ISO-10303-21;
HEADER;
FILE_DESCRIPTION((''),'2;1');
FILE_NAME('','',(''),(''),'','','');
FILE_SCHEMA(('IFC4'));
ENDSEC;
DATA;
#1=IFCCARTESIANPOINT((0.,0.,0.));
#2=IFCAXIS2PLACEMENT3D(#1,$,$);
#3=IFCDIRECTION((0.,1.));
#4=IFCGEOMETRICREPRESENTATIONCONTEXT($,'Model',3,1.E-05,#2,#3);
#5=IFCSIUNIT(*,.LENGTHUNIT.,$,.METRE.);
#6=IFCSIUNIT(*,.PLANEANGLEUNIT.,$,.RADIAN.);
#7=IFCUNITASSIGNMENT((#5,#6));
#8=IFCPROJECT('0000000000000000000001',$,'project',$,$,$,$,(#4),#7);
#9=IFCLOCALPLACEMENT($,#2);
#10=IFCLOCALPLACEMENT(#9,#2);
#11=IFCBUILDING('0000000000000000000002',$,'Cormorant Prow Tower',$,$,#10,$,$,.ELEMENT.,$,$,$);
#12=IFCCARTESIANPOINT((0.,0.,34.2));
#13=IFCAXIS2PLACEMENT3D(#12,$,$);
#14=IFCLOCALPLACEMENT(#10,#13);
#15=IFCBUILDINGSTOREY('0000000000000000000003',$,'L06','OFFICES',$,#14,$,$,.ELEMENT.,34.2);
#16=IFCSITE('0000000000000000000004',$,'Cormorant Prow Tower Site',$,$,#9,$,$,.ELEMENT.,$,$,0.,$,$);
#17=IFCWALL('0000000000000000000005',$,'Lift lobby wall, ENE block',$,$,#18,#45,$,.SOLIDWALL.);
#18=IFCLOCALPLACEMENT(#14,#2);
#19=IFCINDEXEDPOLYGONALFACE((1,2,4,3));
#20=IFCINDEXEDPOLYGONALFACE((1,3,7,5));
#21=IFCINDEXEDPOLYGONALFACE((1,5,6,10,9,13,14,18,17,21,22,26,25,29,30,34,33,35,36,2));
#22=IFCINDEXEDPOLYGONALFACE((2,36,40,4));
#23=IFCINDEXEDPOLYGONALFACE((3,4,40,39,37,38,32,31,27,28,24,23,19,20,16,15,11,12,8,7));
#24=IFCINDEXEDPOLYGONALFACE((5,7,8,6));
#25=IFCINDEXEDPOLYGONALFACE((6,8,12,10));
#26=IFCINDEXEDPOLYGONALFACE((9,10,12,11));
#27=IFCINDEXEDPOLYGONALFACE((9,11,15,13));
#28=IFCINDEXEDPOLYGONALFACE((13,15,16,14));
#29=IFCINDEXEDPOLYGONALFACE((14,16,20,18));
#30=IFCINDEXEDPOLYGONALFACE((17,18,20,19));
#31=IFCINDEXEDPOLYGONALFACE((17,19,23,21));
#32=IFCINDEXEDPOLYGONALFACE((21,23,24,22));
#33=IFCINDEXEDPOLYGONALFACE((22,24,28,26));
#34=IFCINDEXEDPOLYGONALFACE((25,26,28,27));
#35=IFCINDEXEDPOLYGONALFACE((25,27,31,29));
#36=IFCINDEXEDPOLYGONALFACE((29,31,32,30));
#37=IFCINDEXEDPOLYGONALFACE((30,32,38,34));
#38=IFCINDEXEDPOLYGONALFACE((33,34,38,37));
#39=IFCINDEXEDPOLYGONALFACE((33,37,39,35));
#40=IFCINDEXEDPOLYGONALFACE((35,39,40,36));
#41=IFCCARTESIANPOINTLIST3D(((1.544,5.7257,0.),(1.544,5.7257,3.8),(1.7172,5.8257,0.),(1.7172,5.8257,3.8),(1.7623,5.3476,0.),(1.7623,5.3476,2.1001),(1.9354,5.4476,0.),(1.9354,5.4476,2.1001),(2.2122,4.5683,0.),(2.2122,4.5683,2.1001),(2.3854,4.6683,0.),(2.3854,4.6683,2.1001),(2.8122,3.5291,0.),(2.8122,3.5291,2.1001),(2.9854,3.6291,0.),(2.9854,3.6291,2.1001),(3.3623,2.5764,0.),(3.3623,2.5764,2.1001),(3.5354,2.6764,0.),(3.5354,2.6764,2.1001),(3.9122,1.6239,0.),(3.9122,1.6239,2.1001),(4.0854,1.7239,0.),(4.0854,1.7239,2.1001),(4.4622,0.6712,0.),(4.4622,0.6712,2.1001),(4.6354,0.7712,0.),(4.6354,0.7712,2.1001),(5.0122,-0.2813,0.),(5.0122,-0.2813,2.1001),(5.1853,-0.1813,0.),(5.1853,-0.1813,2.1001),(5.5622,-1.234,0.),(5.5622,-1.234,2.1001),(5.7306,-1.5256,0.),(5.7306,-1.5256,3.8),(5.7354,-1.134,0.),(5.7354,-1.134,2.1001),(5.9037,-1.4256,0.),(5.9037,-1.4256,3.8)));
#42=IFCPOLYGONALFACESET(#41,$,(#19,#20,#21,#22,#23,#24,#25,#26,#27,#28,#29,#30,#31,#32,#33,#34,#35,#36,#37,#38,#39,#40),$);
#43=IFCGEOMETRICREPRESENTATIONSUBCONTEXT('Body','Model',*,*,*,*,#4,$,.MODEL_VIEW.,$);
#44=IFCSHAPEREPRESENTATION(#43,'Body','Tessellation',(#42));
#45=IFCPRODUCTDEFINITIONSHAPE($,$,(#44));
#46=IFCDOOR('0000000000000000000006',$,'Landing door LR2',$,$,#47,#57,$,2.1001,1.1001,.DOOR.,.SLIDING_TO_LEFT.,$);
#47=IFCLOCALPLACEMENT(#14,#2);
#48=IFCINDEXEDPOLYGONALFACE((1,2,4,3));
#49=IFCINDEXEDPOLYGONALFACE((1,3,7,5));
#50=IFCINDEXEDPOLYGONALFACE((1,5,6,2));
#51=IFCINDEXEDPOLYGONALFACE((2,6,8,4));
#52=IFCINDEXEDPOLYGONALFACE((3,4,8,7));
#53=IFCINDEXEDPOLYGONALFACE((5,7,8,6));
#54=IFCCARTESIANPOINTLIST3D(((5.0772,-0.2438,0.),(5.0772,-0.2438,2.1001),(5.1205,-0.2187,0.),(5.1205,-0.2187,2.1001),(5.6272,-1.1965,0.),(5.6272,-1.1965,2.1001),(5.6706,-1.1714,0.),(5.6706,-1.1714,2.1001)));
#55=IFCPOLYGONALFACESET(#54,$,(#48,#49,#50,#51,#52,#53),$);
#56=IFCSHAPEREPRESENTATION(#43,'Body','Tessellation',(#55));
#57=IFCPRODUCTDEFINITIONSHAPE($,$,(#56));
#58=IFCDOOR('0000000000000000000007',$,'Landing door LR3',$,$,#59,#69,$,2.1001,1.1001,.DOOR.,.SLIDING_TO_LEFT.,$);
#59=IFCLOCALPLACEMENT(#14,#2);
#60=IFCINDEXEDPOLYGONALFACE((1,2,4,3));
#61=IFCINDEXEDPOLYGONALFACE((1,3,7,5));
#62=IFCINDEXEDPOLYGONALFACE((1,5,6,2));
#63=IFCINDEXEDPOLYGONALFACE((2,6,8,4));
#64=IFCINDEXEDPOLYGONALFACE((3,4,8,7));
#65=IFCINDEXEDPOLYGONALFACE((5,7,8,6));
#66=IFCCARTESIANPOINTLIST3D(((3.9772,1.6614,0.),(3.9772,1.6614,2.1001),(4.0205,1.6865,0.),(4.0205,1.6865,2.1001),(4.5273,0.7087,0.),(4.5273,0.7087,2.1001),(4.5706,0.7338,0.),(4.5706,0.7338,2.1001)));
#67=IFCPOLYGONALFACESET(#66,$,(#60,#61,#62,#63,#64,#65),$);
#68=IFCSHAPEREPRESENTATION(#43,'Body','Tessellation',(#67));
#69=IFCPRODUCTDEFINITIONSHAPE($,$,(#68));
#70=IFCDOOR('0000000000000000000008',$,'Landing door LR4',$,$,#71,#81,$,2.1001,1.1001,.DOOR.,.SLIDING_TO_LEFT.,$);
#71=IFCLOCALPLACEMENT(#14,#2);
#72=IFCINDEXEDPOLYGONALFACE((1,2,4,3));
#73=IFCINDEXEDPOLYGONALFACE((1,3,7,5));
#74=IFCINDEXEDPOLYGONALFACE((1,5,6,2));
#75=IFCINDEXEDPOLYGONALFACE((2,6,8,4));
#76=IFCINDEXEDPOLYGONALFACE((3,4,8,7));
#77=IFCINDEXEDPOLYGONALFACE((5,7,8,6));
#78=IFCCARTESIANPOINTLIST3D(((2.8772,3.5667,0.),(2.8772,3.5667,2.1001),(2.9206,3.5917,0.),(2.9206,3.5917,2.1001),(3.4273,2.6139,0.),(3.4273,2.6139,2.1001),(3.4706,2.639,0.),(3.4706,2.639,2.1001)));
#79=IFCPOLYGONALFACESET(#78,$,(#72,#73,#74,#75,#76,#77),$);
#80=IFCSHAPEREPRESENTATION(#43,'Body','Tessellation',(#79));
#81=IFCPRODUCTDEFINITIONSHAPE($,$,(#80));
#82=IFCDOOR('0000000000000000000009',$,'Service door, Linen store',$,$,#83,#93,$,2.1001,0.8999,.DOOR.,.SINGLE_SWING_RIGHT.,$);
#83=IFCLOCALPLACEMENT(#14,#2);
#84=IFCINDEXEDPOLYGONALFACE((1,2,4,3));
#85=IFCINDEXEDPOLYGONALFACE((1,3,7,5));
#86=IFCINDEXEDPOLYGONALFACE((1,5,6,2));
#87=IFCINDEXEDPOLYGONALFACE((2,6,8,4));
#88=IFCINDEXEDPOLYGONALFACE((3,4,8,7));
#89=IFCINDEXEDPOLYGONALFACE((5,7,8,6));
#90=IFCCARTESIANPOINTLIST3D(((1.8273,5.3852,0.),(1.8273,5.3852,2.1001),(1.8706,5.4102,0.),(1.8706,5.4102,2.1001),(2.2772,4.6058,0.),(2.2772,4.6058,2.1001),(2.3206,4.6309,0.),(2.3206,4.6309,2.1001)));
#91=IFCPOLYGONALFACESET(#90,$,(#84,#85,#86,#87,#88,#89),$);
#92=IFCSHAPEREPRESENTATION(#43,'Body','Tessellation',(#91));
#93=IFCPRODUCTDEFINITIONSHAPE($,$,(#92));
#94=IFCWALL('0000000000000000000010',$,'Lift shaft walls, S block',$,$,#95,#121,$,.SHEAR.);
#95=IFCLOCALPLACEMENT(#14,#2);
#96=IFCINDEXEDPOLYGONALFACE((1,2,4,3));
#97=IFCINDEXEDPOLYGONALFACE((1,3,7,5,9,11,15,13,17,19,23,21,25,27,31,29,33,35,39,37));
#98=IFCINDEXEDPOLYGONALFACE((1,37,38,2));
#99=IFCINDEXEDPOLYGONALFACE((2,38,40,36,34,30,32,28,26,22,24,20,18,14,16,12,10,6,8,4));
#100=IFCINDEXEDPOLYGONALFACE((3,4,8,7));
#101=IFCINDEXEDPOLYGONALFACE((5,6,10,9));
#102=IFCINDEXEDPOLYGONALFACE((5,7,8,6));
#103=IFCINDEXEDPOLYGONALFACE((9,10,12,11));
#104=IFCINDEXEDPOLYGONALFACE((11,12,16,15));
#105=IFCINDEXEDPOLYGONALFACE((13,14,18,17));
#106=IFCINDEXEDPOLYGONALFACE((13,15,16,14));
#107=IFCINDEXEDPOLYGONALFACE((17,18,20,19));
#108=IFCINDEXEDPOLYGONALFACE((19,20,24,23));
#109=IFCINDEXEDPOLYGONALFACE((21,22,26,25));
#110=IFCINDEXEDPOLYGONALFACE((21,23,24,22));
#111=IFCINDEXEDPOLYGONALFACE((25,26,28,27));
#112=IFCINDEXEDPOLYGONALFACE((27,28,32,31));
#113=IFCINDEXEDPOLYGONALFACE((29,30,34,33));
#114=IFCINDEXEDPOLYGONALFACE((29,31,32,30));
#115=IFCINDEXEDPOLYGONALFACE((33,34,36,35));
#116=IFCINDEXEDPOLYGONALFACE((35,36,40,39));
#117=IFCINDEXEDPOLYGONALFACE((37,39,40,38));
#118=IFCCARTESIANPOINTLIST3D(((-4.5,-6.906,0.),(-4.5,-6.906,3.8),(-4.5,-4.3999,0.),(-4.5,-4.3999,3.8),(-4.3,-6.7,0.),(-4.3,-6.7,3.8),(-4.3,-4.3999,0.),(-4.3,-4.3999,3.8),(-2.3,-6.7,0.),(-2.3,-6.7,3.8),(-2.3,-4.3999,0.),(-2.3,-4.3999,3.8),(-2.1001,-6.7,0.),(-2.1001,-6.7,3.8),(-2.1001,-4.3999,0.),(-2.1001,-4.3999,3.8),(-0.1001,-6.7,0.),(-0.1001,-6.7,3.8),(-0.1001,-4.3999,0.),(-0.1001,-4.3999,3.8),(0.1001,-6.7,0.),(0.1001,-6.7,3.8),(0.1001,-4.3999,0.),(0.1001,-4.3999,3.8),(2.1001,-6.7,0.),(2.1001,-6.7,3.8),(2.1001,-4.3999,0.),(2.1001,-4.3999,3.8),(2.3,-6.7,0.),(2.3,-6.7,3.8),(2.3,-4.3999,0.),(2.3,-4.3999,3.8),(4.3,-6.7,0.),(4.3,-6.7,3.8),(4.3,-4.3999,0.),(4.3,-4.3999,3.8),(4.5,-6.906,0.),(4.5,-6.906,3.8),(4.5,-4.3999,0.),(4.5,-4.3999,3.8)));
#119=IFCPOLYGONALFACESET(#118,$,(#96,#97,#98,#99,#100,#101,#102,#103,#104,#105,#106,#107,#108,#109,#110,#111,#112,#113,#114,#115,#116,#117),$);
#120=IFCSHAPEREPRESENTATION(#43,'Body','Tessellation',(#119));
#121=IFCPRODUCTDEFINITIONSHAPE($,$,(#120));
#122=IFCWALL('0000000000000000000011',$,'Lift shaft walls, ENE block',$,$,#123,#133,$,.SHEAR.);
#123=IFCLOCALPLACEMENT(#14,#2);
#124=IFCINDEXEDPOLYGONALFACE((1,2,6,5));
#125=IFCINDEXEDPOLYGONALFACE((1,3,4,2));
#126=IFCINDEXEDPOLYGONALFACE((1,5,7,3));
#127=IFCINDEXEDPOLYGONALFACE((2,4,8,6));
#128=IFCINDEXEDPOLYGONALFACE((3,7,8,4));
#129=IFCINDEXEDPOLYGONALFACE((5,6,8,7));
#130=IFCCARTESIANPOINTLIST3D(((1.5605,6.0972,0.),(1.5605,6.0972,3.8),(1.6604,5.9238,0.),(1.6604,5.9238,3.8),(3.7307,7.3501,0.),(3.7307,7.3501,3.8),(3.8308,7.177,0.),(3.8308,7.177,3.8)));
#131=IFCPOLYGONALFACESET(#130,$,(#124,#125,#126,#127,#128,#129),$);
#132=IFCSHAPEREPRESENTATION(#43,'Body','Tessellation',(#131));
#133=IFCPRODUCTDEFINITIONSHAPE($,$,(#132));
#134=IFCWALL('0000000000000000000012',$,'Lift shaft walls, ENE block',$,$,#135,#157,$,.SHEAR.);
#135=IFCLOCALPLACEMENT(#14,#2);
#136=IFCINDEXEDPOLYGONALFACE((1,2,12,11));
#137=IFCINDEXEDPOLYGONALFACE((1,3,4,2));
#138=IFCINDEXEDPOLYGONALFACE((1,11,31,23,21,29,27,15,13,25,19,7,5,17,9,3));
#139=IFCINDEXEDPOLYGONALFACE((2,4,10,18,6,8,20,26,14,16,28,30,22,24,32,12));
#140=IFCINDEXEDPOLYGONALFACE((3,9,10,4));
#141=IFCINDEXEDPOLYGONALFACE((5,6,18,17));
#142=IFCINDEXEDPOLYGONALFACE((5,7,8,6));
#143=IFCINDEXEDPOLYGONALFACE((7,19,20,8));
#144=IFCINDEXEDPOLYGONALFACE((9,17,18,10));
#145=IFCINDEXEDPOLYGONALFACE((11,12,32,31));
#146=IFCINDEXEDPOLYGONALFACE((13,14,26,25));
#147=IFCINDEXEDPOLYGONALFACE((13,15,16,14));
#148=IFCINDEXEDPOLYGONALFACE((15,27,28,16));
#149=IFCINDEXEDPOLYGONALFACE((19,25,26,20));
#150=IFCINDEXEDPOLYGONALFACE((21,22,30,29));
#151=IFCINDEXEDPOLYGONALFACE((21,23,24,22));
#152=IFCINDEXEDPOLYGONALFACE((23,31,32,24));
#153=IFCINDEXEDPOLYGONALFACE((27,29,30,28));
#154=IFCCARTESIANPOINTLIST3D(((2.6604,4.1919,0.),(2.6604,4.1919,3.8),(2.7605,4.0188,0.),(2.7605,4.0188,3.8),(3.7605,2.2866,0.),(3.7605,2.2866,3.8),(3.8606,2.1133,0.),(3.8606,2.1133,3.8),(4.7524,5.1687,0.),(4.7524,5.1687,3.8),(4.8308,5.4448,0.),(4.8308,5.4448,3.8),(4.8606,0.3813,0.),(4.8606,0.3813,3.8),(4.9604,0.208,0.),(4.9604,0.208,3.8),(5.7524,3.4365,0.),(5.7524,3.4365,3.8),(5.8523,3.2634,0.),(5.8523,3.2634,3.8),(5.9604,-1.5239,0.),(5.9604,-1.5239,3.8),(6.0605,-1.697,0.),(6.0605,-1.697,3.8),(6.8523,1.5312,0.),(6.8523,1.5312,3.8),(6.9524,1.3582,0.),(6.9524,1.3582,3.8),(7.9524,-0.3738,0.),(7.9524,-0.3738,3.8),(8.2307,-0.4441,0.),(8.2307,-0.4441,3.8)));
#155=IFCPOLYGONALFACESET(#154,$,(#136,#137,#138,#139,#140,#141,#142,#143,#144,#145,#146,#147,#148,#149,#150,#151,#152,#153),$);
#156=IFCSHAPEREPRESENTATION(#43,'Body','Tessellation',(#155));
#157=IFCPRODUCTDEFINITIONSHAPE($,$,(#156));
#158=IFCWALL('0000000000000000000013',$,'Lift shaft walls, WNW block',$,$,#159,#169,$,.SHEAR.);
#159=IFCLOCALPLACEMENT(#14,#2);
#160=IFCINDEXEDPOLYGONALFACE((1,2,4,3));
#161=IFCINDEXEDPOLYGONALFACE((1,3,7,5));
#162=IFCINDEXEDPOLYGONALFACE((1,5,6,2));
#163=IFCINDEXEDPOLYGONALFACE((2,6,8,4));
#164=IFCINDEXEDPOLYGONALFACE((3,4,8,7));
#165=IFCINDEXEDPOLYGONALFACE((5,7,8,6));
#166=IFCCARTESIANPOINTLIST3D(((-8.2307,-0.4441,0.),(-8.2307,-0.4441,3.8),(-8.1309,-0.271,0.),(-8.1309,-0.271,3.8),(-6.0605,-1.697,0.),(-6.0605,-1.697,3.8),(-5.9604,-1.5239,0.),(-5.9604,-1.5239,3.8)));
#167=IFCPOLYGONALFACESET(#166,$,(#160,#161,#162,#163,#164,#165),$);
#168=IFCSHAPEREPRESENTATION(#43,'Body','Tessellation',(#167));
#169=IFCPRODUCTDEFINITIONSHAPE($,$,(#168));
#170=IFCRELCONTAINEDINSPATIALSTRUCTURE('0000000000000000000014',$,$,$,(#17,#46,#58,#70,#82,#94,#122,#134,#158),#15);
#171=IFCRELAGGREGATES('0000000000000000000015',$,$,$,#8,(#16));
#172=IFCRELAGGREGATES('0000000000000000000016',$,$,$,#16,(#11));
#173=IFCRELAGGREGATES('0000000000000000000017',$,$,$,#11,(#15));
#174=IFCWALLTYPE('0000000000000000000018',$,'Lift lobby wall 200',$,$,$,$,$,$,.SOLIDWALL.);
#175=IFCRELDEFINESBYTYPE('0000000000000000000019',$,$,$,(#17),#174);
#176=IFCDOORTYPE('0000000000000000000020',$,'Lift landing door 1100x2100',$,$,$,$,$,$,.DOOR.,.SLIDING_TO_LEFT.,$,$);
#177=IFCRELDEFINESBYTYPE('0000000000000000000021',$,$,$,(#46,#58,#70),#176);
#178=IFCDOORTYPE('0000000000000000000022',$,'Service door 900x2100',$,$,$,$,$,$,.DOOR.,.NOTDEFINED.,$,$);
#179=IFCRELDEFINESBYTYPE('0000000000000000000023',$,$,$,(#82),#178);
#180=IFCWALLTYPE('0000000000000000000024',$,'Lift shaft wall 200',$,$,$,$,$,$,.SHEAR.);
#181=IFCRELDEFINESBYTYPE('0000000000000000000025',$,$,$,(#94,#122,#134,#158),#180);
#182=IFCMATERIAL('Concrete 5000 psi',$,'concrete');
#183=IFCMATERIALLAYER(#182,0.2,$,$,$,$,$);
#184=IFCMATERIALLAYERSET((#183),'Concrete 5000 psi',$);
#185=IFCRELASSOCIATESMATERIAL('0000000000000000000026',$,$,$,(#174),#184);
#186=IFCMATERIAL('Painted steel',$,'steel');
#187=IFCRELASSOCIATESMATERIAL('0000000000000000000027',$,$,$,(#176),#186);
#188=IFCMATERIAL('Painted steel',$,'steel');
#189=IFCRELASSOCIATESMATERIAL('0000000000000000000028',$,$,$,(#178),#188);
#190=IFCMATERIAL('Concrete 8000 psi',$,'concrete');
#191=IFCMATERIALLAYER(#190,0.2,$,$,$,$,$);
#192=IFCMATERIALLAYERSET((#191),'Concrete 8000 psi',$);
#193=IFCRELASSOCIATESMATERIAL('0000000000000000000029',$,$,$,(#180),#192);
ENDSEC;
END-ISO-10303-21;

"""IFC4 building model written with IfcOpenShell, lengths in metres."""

from ifc_helpers import new_model, si_unit, direction, frame, frame_2d, origin, place, context, subcontext, project, spatial, polyline, rectangle, outline, extrude, material, layer, layer_set, type_object, element, fill, save


model = new_model("IFC4")

# Units and contexts
model_context = context("Model", 3, precision=1e-05, world=origin(), true_north=direction((0.0, 1.0)))
body_context = subcontext(model_context, "Body", "Model", "MODEL_VIEW")
ifc_project = project(units=[si_unit("LENGTHUNIT", "METRE"), si_unit("PLANEANGLEUNIT", "RADIAN")], contexts=[model_context])

# Site, building, storey
site_placement = place(None, origin())
site = spatial("IfcSite", under=ifc_project, at=site_placement, Name="Cormorant Prow Tower Site", CompositionType="ELEMENT", RefElevation=0.0)
building_placement = place(site_placement, origin())
building = spatial("IfcBuilding", under=site, at=building_placement, Name="Cormorant Prow Tower", CompositionType="ELEMENT")
storey_placement = place(building_placement, frame((0.0, 0.0, 34.2)))
storey = spatial("IfcBuildingStorey", under=building, at=storey_placement, Name="L06", Description="OFFICES", CompositionType="ELEMENT", Elevation=34.2)

# Wall, openings, doors
ifc_material_1 = material(Name="Concrete 5000 psi", Category="concrete")
ifc_layer_1 = layer(ifc_material_1, 0.2)
ifc_layer_set_1 = layer_set([ifc_layer_1], Name="Concrete 5000 psi")
wall_type_1 = type_object("IfcWallType", Name="Lift lobby wall 200", PredefinedType="SOLIDWALL", material=ifc_layer_set_1)
wall_1_placement = place(storey_placement, frame((5.8171, -1.4756, 0.0), z_axis=(0.0, 0.0, 1.0), x_axis=(-0.500003, 0.866024, 0.0)))
wall_1 = element("IfcWall", 1, at=wall_1_placement, inside=storey, type_object=wall_type_1, Name="Lift lobby wall, ENE block", PredefinedType="SOLIDWALL", context=body_context, shape_type="SweptSolid", body=[
    extrude(rectangle(XDim=8.373, YDim=0.2, at=frame_2d((4.1865, 0.0))), origin(), (0.0, 0.0, 1.0), 3.8),
])
opening_1_placement = place(wall_1_placement, frame((0.3367, 0.0, 0.0)))
opening_1 = element("IfcOpeningElement", 2, at=opening_1_placement, cuts=wall_1, PredefinedType="OPENING", context=body_context, shape_type="SweptSolid", body=[
    extrude(rectangle(XDim=1.1001, YDim=2.1001, at=frame_2d((0.55, 1.05))), frame((0.0, 0.1099, 0.0), z_axis=(0.0, -1.0, 0.0), x_axis=(1.0, 0.0, 0.0)), (0.0, 0.0, 1.0), 0.22),
])
opening_2_placement = place(wall_1_placement, frame((2.5366, 0.0, 0.0)))
opening_2 = element("IfcOpeningElement", 3, at=opening_2_placement, cuts=wall_1, PredefinedType="OPENING", context=body_context, shape_type="SweptSolid", body=[
    extrude(rectangle(XDim=1.1001, YDim=2.1001, at=frame_2d((0.55, 1.05))), frame((0.0, 0.1099, 0.0), z_axis=(0.0, -1.0, 0.0), x_axis=(1.0, 0.0, 0.0)), (0.0, 0.0, 1.0), 0.22),
])
opening_3_placement = place(wall_1_placement, frame((4.7366, 0.0, 0.0)))
opening_3 = element("IfcOpeningElement", 4, at=opening_3_placement, cuts=wall_1, PredefinedType="OPENING", context=body_context, shape_type="SweptSolid", body=[
    extrude(rectangle(XDim=1.1001, YDim=2.1001, at=frame_2d((0.55, 1.05))), frame((0.0, 0.1099, 0.0), z_axis=(0.0, -1.0, 0.0), x_axis=(1.0, 0.0, 0.0)), (0.0, 0.0, 1.0), 0.22),
])
opening_4_placement = place(wall_1_placement, frame((7.0366, 0.0, 0.0)))
opening_4 = element("IfcOpeningElement", 5, at=opening_4_placement, cuts=wall_1, PredefinedType="OPENING", context=body_context, shape_type="SweptSolid", body=[
    extrude(rectangle(XDim=0.8999, YDim=2.1001, at=frame_2d((0.45, 1.05))), frame((0.0, 0.1099, 0.0), z_axis=(0.0, -1.0, 0.0), x_axis=(1.0, 0.0, 0.0)), (0.0, 0.0, 1.0), 0.22),
])
ifc_material_2 = material(Name="Painted steel", Category="steel")
door_type_1 = type_object("IfcDoorType", Name="Lift landing door 1100x2100", OperationType="SLIDING_TO_LEFT", PredefinedType="DOOR", material=ifc_material_2)
door_1_placement = place(opening_1_placement, origin())
door_1 = element("IfcDoor", 6, at=door_1_placement, inside=storey, type_object=door_type_1, Name="Landing door LR2", OperationType="SLIDING_TO_LEFT", OverallHeight=2.1001, OverallWidth=1.1001, PredefinedType="DOOR", context=body_context, shape_type="SweptSolid", body=[
    extrude(rectangle(XDim=1.1001, YDim=2.1001, at=frame_2d((0.55, 1.05))), frame((0.0, 0.0249, 0.0), z_axis=(0.0, -1.0, 0.0), x_axis=(1.0, 0.0, 0.0)), (0.0, 0.0, 1.0), 0.05),
])
fill(opening_1, door_1)
door_2_placement = place(opening_2_placement, origin())
door_2 = element("IfcDoor", 7, at=door_2_placement, inside=storey, type_object=door_type_1, Name="Landing door LR3", OperationType="SLIDING_TO_LEFT", OverallHeight=2.1001, OverallWidth=1.1001, PredefinedType="DOOR", context=body_context, shape_type="SweptSolid", body=[
    extrude(rectangle(XDim=1.1001, YDim=2.1001, at=frame_2d((0.55, 1.05))), frame((0.0, 0.0249, 0.0), z_axis=(0.0, -1.0, 0.0), x_axis=(1.0, 0.0, 0.0)), (0.0, 0.0, 1.0), 0.05),
])
fill(opening_2, door_2)
door_3_placement = place(opening_3_placement, origin())
door_3 = element("IfcDoor", 8, at=door_3_placement, inside=storey, type_object=door_type_1, Name="Landing door LR4", OperationType="SLIDING_TO_LEFT", OverallHeight=2.1001, OverallWidth=1.1001, PredefinedType="DOOR", context=body_context, shape_type="SweptSolid", body=[
    extrude(rectangle(XDim=1.1001, YDim=2.1001, at=frame_2d((0.55, 1.05))), frame((0.0, 0.0249, 0.0), z_axis=(0.0, -1.0, 0.0), x_axis=(1.0, 0.0, 0.0)), (0.0, 0.0, 1.0), 0.05),
])
fill(opening_3, door_3)
ifc_material_3 = material(Name="Painted steel", Category="steel")
door_type_2 = type_object("IfcDoorType", Name="Service door 900x2100", OperationType="NOTDEFINED", PredefinedType="DOOR", material=ifc_material_3)
door_4_placement = place(opening_4_placement, origin())
door_4 = element("IfcDoor", 9, at=door_4_placement, inside=storey, type_object=door_type_2, Name="Service door, Linen store", OperationType="SINGLE_SWING_RIGHT", OverallHeight=2.1001, OverallWidth=0.8999, PredefinedType="DOOR", context=body_context, shape_type="SweptSolid", body=[
    extrude(rectangle(XDim=0.8999, YDim=2.1001, at=frame_2d((0.45, 1.05))), frame((0.0, 0.0249, 0.0), z_axis=(0.0, -1.0, 0.0), x_axis=(1.0, 0.0, 0.0)), (0.0, 0.0, 1.0), 0.05),
])
fill(opening_4, door_4)

# Walls
ifc_material_4 = material(Name="Concrete 8000 psi", Category="concrete")
ifc_layer_2 = layer(ifc_material_4, 0.2)
ifc_layer_set_2 = layer_set([ifc_layer_2], Name="Concrete 8000 psi")
wall_type_2 = type_object("IfcWallType", Name="Lift shaft wall 200", PredefinedType="SHEAR", material=ifc_layer_set_2)
wall_2_placement = place(storey_placement, origin())
element("IfcWall", 10, at=wall_2_placement, inside=storey, type_object=wall_type_2, Name="Lift shaft walls, S block", PredefinedType="SHEAR", context=body_context, shape_type="SweptSolid", body=[
    extrude(outline(polyline([(4.5, -4.3999), (4.5, -6.906), (-4.5, -6.906), (-4.5, -4.3999), (-4.3, -4.3999), (-4.3, -6.7), (-2.3, -6.7), (-2.3, -4.3999), (-2.1001, -4.3999), (-2.1001, -6.7), (-0.1001, -6.7), (-0.1001, -4.3999), (0.1001, -4.3999), (0.1001, -6.7), (2.1001, -6.7), (2.1001, -4.3999), (2.3, -4.3999), (2.3, -6.7), (4.3, -6.7), (4.3, -4.3999), (4.5, -4.3999)])), origin(), (0.0, 0.0, 1.0), 3.8),
])
wall_3_placement = place(storey_placement, origin())
element("IfcWall", 11, at=wall_3_placement, inside=storey, type_object=wall_type_2, Name="Lift shaft walls, ENE block", PredefinedType="SHEAR", context=body_context, shape_type="SweptSolid", body=[
    extrude(outline(polyline([(1.5605, 6.0972), (3.7307, 7.3501), (3.8308, 7.177), (1.6604, 5.9238), (1.5605, 6.0972)])), origin(), (0.0, 0.0, 1.0), 3.8),
])
wall_4_placement = place(storey_placement, origin())
element("IfcWall", 12, at=wall_4_placement, inside=storey, type_object=wall_type_2, Name="Lift shaft walls, ENE block", PredefinedType="SHEAR", context=body_context, shape_type="SweptSolid", body=[
    extrude(outline(polyline([(2.6604, 4.1919), (4.8308, 5.4448), (8.2307, -0.4441), (6.0605, -1.697), (5.9604, -1.5239), (7.9524, -0.3738), (6.9524, 1.3582), (4.9604, 0.208), (4.8606, 0.3813), (6.8523, 1.5312), (5.8523, 3.2634), (3.8606, 2.1133), (3.7605, 2.2866), (5.7524, 3.4365), (4.7524, 5.1687), (2.7605, 4.0188), (2.6604, 4.1919)])), origin(), (0.0, 0.0, 1.0), 3.8),
])
wall_5_placement = place(storey_placement, origin())
element("IfcWall", 13, at=wall_5_placement, inside=storey, type_object=wall_type_2, Name="Lift shaft walls, WNW block", PredefinedType="SHEAR", context=body_context, shape_type="SweptSolid", body=[
    extrude(outline(polyline([(-6.0605, -1.697), (-8.2307, -0.4441), (-8.1309, -0.271), (-5.9604, -1.5239), (-6.0605, -1.697)])), origin(), (0.0, 0.0, 1.0), 3.8),
])

save(model, "model.ifc")
